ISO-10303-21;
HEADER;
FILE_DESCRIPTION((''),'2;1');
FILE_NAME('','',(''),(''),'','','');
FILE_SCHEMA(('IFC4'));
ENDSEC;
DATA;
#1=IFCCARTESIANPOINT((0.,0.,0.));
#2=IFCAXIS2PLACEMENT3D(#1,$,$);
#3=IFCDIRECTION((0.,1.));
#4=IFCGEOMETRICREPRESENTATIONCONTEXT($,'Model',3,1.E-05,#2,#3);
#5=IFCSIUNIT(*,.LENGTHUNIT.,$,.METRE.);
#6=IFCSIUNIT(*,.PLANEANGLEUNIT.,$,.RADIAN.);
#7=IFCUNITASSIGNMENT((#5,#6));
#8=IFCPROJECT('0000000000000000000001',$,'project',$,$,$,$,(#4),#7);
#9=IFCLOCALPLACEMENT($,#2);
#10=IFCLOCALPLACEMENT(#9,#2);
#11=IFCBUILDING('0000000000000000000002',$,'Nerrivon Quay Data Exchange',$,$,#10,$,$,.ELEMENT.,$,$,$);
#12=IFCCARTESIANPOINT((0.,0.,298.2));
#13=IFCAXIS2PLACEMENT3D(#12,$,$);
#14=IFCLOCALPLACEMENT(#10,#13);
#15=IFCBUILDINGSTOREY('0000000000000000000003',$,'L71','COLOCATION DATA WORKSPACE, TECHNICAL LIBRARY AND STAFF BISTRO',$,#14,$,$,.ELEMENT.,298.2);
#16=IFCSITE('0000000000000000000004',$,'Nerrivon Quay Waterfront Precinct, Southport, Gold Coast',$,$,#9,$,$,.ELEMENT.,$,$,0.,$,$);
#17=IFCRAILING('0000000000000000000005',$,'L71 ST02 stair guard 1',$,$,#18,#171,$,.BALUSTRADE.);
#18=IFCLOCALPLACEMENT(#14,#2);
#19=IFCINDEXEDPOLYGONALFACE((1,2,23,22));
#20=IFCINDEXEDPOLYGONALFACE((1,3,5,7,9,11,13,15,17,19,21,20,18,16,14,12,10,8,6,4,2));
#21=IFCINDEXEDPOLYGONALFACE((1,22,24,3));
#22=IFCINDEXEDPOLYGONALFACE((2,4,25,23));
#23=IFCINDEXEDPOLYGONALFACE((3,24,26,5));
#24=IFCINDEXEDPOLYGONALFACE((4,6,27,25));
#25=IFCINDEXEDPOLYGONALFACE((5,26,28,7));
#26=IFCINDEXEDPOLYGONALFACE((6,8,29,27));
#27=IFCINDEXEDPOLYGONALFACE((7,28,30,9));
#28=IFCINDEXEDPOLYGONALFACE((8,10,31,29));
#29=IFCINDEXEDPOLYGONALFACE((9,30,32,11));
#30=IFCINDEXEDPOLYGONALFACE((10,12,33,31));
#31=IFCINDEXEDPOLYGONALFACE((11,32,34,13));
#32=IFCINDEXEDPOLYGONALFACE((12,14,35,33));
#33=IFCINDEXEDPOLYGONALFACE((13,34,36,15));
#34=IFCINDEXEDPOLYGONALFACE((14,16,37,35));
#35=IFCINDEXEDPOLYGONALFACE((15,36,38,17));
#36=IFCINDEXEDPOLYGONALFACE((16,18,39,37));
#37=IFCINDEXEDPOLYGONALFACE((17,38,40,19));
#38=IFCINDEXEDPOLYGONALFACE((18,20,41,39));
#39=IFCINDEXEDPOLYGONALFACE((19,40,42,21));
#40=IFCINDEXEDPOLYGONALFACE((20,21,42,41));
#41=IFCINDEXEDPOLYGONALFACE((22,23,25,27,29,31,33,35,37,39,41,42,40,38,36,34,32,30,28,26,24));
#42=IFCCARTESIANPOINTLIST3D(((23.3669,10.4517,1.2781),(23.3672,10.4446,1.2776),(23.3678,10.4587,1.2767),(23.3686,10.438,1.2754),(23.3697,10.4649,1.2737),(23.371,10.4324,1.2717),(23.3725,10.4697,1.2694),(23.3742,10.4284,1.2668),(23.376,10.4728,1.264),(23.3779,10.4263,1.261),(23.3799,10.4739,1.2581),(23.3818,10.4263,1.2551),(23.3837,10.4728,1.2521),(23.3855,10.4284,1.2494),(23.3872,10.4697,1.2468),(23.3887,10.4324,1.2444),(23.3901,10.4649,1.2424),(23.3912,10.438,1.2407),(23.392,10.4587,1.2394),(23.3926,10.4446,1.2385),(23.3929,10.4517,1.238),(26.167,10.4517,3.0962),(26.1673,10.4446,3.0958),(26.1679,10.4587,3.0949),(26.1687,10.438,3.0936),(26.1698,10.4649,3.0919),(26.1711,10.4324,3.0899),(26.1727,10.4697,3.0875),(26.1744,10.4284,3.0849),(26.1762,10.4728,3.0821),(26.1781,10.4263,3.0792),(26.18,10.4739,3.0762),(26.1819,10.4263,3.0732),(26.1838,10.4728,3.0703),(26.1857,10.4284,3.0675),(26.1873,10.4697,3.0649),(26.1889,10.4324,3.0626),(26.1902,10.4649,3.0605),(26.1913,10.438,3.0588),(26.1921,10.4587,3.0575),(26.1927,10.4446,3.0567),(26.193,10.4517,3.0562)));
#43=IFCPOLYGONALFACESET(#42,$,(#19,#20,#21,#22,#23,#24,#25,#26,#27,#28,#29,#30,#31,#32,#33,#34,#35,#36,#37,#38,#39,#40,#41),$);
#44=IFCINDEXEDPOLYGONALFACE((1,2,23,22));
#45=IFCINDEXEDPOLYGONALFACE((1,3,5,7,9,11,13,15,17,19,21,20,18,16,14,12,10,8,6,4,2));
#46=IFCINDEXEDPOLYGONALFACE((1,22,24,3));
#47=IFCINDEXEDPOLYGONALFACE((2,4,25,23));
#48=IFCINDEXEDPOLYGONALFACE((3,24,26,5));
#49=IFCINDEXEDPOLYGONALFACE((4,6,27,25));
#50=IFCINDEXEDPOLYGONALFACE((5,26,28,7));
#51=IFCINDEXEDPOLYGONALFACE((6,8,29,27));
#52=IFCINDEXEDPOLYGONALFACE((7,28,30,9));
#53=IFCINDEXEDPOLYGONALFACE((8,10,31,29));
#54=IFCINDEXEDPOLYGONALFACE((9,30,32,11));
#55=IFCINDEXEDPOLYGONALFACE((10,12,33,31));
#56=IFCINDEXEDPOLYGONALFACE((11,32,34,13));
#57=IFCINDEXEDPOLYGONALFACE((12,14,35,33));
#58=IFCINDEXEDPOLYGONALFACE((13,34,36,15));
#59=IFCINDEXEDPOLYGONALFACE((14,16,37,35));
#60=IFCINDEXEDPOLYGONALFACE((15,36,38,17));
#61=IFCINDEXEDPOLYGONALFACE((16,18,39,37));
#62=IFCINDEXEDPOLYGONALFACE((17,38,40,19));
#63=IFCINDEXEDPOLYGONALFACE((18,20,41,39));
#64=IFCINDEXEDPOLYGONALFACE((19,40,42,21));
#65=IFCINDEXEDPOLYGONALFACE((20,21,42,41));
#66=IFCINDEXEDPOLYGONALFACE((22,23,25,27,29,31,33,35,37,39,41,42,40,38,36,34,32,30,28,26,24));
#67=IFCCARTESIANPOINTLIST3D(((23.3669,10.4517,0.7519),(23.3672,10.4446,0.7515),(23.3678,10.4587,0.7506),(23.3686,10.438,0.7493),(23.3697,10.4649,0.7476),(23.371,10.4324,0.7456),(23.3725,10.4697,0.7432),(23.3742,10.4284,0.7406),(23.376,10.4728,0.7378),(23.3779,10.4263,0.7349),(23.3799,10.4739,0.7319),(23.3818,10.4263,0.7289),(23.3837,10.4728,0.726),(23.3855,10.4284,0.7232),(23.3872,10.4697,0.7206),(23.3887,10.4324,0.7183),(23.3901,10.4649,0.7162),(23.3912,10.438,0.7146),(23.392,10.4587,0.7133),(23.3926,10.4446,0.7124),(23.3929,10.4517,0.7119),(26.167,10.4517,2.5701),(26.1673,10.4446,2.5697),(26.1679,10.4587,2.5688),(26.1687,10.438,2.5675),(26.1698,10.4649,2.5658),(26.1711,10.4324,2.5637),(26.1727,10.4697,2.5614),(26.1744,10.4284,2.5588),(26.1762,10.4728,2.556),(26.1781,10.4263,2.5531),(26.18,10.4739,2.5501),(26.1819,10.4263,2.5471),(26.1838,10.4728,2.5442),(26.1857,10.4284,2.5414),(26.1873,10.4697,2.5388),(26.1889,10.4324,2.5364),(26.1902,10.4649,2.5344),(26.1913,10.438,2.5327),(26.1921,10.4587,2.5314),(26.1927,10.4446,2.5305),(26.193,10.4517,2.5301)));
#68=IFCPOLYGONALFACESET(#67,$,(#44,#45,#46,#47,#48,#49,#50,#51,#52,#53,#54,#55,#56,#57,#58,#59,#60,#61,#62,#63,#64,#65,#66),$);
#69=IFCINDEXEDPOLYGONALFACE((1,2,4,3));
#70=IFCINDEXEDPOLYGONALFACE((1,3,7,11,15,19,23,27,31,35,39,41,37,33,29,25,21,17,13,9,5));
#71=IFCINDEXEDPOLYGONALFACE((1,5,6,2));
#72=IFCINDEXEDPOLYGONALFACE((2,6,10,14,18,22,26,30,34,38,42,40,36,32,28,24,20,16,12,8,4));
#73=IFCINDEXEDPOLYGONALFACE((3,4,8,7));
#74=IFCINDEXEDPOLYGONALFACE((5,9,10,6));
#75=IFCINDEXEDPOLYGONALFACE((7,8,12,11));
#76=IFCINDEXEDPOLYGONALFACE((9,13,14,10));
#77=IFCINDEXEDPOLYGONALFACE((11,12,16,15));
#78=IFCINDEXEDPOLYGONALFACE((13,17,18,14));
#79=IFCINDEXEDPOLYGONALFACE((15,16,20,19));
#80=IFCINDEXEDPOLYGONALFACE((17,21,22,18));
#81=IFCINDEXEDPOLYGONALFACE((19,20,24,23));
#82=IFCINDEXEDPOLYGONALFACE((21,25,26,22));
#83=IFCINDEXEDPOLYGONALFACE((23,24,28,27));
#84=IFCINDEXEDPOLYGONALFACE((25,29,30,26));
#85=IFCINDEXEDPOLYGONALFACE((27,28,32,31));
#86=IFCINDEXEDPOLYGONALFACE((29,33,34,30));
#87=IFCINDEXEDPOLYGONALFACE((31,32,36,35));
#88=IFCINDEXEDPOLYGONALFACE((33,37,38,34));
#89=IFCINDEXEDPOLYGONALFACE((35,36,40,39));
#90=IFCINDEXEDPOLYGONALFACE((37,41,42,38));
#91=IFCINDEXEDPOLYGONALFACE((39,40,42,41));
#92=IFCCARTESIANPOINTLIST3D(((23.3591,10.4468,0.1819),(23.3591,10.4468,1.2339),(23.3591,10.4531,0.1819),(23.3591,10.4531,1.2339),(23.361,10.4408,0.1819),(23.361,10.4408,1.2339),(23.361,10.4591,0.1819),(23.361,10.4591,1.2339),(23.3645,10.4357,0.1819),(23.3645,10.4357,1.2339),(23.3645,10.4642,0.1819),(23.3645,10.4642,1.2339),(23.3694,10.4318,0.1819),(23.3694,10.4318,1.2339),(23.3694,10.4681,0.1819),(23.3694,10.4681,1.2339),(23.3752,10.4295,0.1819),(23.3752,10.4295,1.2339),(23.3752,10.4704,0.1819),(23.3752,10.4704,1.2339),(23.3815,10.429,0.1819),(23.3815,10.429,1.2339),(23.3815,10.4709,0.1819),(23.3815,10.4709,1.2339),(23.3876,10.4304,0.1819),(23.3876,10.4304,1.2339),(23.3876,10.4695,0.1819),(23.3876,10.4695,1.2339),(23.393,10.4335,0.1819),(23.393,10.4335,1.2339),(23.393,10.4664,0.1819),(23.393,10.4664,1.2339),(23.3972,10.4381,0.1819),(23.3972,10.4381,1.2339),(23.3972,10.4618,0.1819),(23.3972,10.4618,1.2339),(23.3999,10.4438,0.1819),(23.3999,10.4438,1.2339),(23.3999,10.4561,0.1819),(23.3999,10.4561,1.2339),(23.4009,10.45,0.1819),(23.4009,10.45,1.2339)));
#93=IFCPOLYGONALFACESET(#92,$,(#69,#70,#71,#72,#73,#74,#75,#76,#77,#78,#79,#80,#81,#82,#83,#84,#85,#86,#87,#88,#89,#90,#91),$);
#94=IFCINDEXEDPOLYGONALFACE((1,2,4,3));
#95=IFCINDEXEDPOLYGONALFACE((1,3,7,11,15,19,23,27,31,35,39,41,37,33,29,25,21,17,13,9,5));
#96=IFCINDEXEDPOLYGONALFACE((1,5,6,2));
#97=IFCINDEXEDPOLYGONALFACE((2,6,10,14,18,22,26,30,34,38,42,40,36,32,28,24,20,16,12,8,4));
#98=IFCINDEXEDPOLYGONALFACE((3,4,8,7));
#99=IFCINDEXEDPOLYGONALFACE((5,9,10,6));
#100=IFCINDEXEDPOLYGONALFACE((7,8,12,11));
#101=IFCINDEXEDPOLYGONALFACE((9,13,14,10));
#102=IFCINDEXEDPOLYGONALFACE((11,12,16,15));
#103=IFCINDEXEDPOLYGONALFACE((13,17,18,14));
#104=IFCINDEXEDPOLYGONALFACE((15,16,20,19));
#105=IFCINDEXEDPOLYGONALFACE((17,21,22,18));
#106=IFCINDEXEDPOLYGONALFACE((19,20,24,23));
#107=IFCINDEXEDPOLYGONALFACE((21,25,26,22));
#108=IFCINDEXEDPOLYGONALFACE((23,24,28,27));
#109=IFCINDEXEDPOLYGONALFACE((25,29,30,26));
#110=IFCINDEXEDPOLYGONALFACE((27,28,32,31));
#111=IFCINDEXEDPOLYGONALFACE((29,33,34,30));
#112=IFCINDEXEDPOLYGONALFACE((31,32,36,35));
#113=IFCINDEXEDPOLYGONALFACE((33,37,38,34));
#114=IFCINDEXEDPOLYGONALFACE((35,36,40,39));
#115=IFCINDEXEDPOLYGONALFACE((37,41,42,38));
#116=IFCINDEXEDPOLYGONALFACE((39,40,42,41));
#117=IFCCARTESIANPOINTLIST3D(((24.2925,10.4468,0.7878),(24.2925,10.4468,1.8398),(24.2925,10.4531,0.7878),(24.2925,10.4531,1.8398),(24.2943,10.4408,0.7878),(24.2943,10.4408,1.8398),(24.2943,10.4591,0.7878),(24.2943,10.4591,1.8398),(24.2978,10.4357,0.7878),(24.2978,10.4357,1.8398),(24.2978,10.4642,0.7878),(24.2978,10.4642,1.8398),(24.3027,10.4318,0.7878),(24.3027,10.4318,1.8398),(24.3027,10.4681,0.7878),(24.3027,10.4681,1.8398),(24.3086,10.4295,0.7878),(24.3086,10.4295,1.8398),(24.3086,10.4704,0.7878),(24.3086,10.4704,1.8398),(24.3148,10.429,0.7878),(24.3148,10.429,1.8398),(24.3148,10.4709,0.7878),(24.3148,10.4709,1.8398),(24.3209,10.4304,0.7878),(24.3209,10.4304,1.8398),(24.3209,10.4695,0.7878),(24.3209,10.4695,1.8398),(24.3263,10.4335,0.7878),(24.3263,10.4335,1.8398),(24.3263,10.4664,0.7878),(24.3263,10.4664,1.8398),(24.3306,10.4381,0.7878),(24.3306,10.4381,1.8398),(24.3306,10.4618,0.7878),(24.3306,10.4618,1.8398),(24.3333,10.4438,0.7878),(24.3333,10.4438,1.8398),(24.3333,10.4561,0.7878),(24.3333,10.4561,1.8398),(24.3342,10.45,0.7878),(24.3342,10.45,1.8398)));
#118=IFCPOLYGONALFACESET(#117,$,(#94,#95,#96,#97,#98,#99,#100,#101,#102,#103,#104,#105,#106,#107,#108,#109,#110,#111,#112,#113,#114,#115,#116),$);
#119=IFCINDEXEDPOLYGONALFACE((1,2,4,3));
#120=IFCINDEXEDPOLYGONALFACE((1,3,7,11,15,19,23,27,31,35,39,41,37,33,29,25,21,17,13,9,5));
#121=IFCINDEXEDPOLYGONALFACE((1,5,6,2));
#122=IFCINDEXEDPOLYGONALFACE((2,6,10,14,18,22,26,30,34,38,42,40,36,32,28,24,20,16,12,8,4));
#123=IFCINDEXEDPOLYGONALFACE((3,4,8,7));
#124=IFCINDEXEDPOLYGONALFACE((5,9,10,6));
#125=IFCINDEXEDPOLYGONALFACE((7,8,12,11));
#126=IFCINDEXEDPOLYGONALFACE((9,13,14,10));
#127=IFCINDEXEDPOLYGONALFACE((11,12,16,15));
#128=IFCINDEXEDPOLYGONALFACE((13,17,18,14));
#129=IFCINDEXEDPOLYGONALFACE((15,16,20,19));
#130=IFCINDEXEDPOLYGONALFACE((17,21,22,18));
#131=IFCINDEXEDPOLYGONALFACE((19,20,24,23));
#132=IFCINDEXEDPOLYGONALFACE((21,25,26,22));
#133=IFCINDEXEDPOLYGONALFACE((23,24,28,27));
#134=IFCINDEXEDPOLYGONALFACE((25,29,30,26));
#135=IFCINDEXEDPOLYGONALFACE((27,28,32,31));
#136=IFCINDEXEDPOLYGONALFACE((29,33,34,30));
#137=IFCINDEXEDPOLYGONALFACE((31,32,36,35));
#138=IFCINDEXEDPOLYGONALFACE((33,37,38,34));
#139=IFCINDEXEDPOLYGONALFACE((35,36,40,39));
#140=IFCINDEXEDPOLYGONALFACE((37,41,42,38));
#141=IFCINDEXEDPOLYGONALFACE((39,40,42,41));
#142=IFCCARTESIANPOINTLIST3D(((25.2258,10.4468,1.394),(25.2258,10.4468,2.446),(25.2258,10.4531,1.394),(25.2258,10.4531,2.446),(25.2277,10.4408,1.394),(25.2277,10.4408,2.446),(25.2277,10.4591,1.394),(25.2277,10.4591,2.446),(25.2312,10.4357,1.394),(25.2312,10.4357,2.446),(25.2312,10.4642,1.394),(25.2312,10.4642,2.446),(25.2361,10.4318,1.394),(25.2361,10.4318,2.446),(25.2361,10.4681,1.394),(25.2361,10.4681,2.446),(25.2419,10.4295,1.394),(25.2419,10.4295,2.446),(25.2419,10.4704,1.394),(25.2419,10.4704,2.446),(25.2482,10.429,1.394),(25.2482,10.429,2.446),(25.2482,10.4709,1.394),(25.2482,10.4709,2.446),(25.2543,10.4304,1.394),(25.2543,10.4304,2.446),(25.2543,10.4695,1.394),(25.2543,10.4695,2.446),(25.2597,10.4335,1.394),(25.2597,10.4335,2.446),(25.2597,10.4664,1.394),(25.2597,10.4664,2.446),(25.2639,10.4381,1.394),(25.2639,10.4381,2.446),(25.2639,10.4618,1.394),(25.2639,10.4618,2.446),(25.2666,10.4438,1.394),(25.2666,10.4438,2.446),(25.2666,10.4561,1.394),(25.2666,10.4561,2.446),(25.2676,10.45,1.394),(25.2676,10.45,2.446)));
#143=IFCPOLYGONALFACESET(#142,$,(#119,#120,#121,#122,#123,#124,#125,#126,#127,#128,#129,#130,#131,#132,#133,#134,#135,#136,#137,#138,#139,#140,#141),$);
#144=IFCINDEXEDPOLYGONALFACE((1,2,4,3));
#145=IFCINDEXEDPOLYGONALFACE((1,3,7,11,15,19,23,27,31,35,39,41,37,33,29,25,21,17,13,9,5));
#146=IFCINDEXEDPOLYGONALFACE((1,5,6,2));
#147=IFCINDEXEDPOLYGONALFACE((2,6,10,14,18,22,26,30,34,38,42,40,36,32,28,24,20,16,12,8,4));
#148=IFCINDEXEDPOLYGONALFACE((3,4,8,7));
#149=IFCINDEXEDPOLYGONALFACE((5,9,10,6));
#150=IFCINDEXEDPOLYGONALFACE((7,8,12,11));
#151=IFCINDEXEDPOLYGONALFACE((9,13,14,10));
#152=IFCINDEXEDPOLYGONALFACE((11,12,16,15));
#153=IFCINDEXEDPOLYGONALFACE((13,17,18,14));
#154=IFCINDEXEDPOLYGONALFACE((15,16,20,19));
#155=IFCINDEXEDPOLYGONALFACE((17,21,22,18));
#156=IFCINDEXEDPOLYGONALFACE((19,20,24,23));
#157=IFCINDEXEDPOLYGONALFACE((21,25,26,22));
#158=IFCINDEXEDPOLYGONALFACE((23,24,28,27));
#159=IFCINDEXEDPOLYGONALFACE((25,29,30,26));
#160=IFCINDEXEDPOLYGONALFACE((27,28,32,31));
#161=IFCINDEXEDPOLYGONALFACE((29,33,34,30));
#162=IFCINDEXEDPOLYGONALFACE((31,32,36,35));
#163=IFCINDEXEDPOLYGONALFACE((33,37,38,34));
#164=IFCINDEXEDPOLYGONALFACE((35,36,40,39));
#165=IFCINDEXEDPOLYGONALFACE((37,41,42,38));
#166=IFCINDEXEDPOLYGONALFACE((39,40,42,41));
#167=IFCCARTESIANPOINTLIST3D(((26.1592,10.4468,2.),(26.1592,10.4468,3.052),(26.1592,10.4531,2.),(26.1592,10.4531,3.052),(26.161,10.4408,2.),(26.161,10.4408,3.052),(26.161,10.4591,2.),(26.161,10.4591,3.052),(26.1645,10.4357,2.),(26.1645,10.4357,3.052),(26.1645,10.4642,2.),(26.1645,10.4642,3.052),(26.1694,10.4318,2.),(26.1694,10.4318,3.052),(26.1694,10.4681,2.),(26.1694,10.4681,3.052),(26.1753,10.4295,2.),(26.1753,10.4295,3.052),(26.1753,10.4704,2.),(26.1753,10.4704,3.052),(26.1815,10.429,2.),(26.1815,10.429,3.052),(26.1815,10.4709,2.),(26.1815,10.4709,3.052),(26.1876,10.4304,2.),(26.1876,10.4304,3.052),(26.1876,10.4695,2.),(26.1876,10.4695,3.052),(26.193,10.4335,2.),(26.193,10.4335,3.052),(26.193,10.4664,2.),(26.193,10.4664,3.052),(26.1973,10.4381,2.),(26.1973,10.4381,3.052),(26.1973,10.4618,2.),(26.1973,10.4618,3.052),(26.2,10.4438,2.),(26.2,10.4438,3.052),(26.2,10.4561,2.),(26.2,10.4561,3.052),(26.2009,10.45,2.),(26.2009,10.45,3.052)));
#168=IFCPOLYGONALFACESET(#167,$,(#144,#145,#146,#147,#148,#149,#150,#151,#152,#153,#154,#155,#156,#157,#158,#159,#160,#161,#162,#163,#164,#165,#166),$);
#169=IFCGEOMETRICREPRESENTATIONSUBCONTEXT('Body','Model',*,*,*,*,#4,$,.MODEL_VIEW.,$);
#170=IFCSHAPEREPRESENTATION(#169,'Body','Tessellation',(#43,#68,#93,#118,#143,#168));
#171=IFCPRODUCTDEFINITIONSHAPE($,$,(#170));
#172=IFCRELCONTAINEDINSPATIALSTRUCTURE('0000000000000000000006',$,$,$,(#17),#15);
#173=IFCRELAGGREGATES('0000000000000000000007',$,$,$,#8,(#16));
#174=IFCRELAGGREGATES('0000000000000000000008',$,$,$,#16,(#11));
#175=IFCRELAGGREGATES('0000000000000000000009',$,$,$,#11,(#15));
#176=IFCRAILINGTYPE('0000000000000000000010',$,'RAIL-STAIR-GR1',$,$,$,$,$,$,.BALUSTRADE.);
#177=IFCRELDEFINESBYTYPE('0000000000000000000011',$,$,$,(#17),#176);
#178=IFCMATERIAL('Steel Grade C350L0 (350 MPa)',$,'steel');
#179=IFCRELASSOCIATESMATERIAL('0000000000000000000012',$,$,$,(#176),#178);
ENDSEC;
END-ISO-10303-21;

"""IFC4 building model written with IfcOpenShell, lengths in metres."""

from ifc_helpers import new_model, si_unit, direction, frame, origin, origin_2d, place, context, subcontext, project, spatial, circle, extrude, material, type_object, element, save


model = new_model("IFC4")

# Units and contexts
model_context = context("Model", 3, precision=1e-05, world=origin(), true_north=direction((0.0, 1.0)))
body_context = subcontext(model_context, "Body", "Model", "MODEL_VIEW")
ifc_project = project(units=[si_unit("LENGTHUNIT", "METRE"), si_unit("PLANEANGLEUNIT", "RADIAN")], contexts=[model_context])

# Site, building, storey
site_placement = place(None, origin())
site = spatial("IfcSite", under=ifc_project, at=site_placement, Name="Nerrivon Quay Waterfront Precinct, Southport, Gold Coast", CompositionType="ELEMENT", RefElevation=0.0)
building_placement = place(site_placement, origin())
building = spatial("IfcBuilding", under=site, at=building_placement, Name="Nerrivon Quay Data Exchange", CompositionType="ELEMENT")
storey_placement = place(building_placement, frame((0.0, 0.0, 298.2)))
storey = spatial("IfcBuildingStorey", under=building, at=storey_placement, Name="L71", Description="COLOCATION DATA WORKSPACE, TECHNICAL LIBRARY AND STAFF BISTRO", CompositionType="ELEMENT", Elevation=298.2)

# Railing
ifc_material_1 = material(Name="Steel Grade C350L0 (350 MPa)", Category="steel")
railing_type_1 = type_object("IfcRailingType", Name="RAIL-STAIR-GR1", PredefinedType="BALUSTRADE", material=ifc_material_1)
railing_1_placement = place(storey_placement, frame((23.3799, 10.45, 0.1819)))
element("IfcRailing", 1, at=railing_1_placement, inside=storey, type_object=railing_type_1, Name="L71 ST02 stair guard 1", PredefinedType="BALUSTRADE", context=body_context, shape_type="SweptSolid", body=[
    extrude(circle(Radius=0.0239, at=origin_2d()), frame((0.0, 0.0, 1.0762), z_axis=(0.838706, 0.0, 0.544585), x_axis=(0.0, 1.0, 0.0)), (0.0, 0.0, 1.0), 3.3386),
    extrude(circle(Radius=0.0239, at=origin_2d()), frame((0.0, 0.0, 0.55), z_axis=(0.838706, 0.0, 0.544585), x_axis=(0.0, 1.0, 0.0)), (0.0, 0.0, 1.0), 3.3386),
    extrude(circle(Radius=0.021, at=origin_2d()), origin(), (0.0, 0.0, 1.0), 1.052),
    extrude(circle(Radius=0.021, at=origin_2d()), frame((0.9333, 0.0, 0.606)), (0.0, 0.0, 1.0), 1.052),
    extrude(circle(Radius=0.021, at=origin_2d()), frame((1.8667, 0.0, 1.2122)), (0.0, 0.0, 1.0), 1.052),
    extrude(circle(Radius=0.021, at=origin_2d()), frame((2.8, 0.0, 1.8181)), (0.0, 0.0, 1.0), 1.052),
])

save(model, "model.ifc")
